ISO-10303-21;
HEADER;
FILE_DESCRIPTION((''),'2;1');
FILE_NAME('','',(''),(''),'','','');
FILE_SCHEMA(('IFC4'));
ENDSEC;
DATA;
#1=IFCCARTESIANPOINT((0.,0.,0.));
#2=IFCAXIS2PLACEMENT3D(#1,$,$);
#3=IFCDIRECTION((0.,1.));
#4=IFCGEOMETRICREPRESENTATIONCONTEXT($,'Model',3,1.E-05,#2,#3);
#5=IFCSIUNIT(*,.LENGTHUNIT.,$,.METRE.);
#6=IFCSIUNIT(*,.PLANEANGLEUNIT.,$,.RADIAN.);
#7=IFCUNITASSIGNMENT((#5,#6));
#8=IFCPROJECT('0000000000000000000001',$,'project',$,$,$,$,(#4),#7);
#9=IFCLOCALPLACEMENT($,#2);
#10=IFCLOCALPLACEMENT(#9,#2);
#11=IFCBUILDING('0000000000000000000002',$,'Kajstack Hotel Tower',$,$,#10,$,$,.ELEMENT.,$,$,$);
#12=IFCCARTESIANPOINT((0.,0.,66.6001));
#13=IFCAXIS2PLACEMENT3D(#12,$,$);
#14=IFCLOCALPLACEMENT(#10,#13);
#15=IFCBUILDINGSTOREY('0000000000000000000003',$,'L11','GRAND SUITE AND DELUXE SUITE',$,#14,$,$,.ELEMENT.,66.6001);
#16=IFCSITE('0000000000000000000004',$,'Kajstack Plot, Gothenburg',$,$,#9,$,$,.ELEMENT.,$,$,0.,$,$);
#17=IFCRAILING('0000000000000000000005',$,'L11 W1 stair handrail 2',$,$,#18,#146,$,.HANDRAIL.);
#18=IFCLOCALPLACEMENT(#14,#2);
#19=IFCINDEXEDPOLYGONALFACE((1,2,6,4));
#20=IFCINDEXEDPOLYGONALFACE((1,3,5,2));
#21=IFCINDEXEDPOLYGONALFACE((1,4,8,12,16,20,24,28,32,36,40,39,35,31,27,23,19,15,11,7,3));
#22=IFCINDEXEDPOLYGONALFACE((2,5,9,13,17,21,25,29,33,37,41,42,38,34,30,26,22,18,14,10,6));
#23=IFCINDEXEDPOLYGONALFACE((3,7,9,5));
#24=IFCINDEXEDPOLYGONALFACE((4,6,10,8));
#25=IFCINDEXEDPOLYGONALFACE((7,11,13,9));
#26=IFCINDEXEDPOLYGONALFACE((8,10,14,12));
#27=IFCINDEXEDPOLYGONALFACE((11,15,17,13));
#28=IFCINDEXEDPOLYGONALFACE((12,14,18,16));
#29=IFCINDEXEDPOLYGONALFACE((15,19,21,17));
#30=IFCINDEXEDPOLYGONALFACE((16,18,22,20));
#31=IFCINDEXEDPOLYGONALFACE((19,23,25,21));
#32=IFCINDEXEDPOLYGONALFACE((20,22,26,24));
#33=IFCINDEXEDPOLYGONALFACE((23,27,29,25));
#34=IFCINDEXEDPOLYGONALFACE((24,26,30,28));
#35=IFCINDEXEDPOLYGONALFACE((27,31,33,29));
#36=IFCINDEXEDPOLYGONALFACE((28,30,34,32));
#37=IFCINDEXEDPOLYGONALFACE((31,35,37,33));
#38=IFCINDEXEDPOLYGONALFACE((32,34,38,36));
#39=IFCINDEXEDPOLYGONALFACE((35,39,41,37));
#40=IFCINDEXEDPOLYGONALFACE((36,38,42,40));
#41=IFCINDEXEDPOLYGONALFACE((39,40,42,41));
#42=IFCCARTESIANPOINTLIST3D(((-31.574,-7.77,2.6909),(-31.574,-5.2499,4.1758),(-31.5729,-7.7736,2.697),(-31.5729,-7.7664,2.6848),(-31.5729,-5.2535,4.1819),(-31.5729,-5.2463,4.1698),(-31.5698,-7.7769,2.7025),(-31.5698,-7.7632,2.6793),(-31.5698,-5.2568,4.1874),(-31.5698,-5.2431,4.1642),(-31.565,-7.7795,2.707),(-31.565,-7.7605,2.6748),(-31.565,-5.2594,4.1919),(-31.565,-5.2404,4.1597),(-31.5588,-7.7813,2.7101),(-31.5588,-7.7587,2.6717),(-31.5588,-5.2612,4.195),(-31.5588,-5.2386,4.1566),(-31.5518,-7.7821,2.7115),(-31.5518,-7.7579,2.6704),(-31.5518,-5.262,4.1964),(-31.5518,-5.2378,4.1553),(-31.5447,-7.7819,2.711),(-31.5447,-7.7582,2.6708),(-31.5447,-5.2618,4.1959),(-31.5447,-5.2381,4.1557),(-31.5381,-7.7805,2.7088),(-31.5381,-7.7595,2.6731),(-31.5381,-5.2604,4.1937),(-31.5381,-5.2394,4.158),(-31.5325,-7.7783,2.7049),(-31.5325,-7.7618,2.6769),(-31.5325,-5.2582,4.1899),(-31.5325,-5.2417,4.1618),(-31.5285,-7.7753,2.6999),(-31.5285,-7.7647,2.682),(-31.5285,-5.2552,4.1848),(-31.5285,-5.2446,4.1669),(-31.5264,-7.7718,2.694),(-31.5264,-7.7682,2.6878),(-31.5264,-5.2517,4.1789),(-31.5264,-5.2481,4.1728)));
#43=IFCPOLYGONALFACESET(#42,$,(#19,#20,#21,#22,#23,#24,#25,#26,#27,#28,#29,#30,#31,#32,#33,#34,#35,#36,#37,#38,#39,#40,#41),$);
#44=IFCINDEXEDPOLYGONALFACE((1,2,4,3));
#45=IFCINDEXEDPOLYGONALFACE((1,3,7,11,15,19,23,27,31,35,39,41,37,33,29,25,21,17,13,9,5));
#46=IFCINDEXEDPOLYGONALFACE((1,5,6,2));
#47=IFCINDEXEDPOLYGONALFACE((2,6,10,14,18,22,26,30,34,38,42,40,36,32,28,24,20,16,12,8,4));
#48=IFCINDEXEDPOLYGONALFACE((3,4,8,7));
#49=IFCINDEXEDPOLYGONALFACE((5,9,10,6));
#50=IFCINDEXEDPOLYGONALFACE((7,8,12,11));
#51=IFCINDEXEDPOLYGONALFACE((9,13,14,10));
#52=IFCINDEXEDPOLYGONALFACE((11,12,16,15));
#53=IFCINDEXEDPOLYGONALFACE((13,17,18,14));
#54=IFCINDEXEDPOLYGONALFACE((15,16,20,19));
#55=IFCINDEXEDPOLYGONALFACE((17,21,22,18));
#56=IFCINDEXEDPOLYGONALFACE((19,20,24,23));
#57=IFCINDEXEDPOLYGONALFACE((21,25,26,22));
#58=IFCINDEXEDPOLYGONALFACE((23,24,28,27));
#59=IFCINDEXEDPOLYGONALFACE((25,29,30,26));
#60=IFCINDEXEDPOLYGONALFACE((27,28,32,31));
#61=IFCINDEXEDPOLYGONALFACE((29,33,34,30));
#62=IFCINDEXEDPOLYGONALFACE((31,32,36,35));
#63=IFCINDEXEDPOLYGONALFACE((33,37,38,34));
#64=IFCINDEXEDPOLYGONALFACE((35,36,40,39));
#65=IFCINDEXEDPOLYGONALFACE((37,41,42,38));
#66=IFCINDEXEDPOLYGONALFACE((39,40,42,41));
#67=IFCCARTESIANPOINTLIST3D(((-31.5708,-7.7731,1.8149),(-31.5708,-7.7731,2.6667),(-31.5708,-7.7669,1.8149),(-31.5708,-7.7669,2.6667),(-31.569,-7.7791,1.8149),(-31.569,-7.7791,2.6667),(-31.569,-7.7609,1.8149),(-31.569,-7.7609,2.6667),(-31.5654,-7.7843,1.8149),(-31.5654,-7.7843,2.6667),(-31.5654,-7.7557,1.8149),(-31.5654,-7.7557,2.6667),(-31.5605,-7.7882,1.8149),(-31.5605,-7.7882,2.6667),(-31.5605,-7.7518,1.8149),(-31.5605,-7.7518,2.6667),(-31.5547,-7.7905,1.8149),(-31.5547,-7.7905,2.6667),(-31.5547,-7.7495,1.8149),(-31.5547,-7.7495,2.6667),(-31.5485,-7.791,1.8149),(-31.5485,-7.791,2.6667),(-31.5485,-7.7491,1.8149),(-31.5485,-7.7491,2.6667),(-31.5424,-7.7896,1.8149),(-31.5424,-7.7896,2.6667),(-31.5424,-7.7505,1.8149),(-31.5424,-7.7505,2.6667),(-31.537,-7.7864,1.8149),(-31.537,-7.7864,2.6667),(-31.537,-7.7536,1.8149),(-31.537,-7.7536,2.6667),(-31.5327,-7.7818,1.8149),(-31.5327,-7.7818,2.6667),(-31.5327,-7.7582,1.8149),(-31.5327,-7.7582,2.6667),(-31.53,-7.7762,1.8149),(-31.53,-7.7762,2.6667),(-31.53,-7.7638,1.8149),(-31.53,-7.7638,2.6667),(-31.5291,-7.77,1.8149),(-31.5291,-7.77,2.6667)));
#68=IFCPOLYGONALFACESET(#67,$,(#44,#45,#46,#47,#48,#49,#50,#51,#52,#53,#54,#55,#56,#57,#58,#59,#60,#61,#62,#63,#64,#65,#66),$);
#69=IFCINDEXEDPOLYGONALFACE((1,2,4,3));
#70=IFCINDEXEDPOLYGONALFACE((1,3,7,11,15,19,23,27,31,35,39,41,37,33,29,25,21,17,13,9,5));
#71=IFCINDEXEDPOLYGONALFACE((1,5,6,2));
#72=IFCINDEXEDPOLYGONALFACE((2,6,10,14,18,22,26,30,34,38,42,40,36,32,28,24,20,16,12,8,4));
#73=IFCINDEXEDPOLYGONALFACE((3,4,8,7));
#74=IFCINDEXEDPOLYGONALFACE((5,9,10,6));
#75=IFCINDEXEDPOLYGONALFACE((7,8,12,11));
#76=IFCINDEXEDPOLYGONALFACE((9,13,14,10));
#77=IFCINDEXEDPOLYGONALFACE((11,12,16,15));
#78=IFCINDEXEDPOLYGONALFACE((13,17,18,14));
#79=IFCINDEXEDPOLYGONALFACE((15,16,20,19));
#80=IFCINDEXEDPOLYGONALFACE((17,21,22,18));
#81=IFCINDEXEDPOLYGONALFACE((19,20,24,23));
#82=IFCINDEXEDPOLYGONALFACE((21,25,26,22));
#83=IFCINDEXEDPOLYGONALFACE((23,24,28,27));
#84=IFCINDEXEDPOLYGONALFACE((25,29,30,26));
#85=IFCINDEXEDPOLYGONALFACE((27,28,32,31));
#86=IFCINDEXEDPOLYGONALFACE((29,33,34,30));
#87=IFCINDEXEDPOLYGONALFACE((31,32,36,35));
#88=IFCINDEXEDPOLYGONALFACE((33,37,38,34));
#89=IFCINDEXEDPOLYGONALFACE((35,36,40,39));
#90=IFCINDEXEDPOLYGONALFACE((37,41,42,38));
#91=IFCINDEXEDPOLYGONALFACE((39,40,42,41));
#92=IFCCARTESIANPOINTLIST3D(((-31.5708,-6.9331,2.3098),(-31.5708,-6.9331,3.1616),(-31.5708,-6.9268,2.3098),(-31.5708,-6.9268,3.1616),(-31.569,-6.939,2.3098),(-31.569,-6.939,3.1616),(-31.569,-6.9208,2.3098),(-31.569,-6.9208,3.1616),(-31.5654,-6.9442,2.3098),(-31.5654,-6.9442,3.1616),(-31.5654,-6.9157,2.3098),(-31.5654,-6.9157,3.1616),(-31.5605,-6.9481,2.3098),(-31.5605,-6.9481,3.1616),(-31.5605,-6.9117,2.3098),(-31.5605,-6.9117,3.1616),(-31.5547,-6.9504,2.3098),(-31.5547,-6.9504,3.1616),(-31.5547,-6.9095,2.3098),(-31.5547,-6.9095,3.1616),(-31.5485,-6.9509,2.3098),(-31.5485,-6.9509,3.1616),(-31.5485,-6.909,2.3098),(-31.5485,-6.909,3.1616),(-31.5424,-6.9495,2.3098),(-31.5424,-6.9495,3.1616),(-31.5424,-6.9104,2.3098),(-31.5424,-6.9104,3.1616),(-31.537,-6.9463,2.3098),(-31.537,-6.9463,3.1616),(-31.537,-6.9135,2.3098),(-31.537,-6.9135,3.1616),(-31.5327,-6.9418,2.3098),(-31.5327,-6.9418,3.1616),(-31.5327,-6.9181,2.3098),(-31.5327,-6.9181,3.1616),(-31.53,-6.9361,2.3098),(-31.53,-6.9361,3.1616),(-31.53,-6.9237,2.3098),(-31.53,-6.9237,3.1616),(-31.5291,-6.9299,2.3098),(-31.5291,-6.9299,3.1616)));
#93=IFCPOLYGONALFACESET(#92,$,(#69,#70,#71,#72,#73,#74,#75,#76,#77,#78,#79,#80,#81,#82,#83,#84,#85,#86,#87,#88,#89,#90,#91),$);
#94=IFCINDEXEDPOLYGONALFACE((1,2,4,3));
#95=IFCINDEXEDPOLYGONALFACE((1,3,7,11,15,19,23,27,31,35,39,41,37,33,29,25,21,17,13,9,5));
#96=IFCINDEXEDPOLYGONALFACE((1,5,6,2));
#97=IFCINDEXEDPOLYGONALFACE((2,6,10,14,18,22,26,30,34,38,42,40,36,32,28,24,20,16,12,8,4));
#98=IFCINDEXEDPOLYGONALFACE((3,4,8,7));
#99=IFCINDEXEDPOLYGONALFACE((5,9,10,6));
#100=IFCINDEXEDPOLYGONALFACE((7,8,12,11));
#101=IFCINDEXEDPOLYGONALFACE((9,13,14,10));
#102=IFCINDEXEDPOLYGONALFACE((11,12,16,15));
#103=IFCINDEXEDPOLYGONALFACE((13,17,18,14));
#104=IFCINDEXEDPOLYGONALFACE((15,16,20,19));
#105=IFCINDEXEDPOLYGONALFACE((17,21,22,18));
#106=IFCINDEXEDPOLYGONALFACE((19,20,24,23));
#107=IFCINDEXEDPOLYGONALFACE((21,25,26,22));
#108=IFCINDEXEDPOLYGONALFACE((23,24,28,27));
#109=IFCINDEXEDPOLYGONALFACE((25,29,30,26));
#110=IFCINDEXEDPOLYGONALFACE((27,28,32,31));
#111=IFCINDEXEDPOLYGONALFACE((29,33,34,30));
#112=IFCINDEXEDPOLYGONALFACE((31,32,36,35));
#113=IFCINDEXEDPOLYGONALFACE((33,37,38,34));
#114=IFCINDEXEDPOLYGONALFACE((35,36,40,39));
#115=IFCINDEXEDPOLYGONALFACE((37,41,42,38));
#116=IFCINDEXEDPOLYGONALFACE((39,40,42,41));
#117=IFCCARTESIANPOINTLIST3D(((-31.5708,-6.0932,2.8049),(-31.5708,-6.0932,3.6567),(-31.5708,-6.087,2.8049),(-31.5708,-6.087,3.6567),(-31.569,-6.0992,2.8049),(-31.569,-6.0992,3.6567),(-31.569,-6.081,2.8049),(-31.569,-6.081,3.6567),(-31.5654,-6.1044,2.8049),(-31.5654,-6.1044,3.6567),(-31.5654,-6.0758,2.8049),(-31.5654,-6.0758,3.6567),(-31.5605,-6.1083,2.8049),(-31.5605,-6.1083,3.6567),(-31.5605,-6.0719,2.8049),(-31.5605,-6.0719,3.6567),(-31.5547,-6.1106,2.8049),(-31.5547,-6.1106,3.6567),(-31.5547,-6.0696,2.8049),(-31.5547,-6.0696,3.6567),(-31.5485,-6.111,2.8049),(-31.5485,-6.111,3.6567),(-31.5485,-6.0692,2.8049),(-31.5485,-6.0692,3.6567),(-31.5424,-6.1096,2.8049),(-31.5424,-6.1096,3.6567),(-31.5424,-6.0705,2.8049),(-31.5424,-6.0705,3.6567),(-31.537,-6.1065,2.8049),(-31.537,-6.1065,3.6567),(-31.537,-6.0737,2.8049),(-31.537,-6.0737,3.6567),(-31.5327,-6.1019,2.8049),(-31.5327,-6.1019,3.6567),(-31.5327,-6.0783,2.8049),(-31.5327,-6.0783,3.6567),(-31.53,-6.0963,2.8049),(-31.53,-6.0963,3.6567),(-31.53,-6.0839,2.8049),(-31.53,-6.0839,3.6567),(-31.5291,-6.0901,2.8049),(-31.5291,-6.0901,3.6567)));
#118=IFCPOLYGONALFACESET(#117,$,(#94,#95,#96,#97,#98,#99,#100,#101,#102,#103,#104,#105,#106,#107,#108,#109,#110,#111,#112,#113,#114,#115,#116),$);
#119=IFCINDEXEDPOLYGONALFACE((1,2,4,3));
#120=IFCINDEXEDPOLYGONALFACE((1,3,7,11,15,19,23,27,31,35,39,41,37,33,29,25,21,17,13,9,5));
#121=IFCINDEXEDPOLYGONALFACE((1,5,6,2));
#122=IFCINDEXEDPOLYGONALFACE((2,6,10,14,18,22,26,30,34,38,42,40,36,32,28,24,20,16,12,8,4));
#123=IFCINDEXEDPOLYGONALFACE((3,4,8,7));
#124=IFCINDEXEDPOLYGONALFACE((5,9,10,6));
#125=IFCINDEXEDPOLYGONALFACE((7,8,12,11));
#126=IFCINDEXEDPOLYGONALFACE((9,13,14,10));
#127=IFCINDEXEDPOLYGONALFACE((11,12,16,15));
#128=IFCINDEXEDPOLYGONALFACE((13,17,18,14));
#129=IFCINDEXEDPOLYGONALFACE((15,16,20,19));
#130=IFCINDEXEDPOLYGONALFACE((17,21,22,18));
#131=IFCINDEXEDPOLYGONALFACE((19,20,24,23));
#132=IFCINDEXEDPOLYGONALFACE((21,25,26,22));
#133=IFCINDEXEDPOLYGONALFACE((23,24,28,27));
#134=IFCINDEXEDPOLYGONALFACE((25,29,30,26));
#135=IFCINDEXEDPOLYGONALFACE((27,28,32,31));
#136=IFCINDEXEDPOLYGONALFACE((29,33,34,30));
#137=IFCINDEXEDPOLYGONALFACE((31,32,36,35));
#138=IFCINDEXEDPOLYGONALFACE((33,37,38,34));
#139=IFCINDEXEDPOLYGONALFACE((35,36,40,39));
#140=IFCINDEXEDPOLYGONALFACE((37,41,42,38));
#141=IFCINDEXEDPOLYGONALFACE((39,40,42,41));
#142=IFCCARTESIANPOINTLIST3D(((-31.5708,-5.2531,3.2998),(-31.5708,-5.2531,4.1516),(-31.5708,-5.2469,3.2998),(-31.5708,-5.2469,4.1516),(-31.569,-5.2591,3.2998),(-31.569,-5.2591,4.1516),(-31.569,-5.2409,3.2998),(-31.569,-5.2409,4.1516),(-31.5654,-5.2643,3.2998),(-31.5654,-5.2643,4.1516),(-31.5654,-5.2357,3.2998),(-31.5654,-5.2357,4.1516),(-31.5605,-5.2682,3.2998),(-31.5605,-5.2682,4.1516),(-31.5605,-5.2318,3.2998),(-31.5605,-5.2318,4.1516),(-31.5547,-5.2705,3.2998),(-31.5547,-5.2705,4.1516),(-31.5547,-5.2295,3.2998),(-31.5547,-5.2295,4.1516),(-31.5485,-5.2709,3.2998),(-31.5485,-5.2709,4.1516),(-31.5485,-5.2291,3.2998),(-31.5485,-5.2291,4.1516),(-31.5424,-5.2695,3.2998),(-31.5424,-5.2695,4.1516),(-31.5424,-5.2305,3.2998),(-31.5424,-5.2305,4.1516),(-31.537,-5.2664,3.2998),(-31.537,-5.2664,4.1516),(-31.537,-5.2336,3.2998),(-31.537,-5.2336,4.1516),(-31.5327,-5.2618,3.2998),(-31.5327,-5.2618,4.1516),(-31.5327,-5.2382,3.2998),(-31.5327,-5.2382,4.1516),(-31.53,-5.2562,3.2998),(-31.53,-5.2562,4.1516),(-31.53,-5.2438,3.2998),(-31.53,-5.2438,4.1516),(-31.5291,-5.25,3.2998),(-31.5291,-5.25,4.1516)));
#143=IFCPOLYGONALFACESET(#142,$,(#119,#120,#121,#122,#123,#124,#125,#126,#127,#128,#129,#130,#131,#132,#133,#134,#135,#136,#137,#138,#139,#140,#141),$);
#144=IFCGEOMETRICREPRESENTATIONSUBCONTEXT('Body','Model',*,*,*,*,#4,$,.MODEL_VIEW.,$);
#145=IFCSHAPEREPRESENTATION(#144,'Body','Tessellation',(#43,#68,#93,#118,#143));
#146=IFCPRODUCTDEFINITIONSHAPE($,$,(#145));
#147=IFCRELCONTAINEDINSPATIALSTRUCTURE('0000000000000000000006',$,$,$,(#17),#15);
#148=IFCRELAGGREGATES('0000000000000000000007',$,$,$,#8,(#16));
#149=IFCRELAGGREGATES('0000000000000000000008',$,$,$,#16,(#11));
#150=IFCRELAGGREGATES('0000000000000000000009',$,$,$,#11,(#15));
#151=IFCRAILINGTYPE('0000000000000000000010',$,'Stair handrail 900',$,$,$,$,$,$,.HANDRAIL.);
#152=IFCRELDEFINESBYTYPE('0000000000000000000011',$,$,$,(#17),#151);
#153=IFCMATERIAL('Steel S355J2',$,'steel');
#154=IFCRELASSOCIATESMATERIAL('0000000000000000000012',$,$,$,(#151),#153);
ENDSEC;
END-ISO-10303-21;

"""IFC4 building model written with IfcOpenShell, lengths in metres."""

from ifc_helpers import new_model, si_unit, direction, frame, origin, origin_2d, place, context, subcontext, project, spatial, circle, extrude, material, type_object, element, save


model = new_model("IFC4")

# Units and contexts
model_context = context("Model", 3, precision=1e-05, world=origin(), true_north=direction((0.0, 1.0)))
body_context = subcontext(model_context, "Body", "Model", "MODEL_VIEW")
ifc_project = project(units=[si_unit("LENGTHUNIT", "METRE"), si_unit("PLANEANGLEUNIT", "RADIAN")], contexts=[model_context])

# Site, building, storey
site_placement = place(None, origin())
site = spatial("IfcSite", under=ifc_project, at=site_placement, Name="Kajstack Plot, Gothenburg", CompositionType="ELEMENT", RefElevation=0.0)
building_placement = place(site_placement, origin())
building = spatial("IfcBuilding", under=site, at=building_placement, Name="Kajstack Hotel Tower", CompositionType="ELEMENT")
storey_placement = place(building_placement, frame((0.0, 0.0, 66.6001)))
storey = spatial("IfcBuildingStorey", under=building, at=storey_placement, Name="L11", Description="GRAND SUITE AND DELUXE SUITE", CompositionType="ELEMENT", Elevation=66.6001)

# Railing
ifc_material_1 = material(Name="Steel S355J2", Category="steel")
railing_type = type_object("IfcRailingType", Name="Stair handrail 900", PredefinedType="HANDRAIL", material=ifc_material_1)
railing_placement = place(storey_placement, frame((-31.55, -7.77, 1.8149)))
element("IfcRailing", 1, at=railing_placement, inside=storey, type_object=railing_type, Name="L11 W1 stair handrail 2", PredefinedType="HANDRAIL", context=body_context, shape_type="SweptSolid", body=[
    extrude(circle(Radius=0.0239, at=origin_2d()), frame((0.0, 0.0, 0.876), z_axis=(0.0, 0.861561, 0.507655), x_axis=(-1.0, 0.0, 0.0)), (0.0, 0.0, 1.0), 2.925),
    extrude(circle(Radius=0.021, at=origin_2d()), origin(), (0.0, 0.0, 1.0), 0.8518),
    extrude(circle(Radius=0.021, at=origin_2d()), frame((0.0, 0.8401, 0.4949)), (0.0, 0.0, 1.0), 0.8518),
    extrude(circle(Radius=0.021, at=origin_2d()), frame((0.0, 1.6799, 0.99)), (0.0, 0.0, 1.0), 0.8518),
    extrude(circle(Radius=0.021, at=origin_2d()), frame((0.0, 2.52, 1.4849)), (0.0, 0.0, 1.0), 0.8518),
])

save(model, "model.ifc")
